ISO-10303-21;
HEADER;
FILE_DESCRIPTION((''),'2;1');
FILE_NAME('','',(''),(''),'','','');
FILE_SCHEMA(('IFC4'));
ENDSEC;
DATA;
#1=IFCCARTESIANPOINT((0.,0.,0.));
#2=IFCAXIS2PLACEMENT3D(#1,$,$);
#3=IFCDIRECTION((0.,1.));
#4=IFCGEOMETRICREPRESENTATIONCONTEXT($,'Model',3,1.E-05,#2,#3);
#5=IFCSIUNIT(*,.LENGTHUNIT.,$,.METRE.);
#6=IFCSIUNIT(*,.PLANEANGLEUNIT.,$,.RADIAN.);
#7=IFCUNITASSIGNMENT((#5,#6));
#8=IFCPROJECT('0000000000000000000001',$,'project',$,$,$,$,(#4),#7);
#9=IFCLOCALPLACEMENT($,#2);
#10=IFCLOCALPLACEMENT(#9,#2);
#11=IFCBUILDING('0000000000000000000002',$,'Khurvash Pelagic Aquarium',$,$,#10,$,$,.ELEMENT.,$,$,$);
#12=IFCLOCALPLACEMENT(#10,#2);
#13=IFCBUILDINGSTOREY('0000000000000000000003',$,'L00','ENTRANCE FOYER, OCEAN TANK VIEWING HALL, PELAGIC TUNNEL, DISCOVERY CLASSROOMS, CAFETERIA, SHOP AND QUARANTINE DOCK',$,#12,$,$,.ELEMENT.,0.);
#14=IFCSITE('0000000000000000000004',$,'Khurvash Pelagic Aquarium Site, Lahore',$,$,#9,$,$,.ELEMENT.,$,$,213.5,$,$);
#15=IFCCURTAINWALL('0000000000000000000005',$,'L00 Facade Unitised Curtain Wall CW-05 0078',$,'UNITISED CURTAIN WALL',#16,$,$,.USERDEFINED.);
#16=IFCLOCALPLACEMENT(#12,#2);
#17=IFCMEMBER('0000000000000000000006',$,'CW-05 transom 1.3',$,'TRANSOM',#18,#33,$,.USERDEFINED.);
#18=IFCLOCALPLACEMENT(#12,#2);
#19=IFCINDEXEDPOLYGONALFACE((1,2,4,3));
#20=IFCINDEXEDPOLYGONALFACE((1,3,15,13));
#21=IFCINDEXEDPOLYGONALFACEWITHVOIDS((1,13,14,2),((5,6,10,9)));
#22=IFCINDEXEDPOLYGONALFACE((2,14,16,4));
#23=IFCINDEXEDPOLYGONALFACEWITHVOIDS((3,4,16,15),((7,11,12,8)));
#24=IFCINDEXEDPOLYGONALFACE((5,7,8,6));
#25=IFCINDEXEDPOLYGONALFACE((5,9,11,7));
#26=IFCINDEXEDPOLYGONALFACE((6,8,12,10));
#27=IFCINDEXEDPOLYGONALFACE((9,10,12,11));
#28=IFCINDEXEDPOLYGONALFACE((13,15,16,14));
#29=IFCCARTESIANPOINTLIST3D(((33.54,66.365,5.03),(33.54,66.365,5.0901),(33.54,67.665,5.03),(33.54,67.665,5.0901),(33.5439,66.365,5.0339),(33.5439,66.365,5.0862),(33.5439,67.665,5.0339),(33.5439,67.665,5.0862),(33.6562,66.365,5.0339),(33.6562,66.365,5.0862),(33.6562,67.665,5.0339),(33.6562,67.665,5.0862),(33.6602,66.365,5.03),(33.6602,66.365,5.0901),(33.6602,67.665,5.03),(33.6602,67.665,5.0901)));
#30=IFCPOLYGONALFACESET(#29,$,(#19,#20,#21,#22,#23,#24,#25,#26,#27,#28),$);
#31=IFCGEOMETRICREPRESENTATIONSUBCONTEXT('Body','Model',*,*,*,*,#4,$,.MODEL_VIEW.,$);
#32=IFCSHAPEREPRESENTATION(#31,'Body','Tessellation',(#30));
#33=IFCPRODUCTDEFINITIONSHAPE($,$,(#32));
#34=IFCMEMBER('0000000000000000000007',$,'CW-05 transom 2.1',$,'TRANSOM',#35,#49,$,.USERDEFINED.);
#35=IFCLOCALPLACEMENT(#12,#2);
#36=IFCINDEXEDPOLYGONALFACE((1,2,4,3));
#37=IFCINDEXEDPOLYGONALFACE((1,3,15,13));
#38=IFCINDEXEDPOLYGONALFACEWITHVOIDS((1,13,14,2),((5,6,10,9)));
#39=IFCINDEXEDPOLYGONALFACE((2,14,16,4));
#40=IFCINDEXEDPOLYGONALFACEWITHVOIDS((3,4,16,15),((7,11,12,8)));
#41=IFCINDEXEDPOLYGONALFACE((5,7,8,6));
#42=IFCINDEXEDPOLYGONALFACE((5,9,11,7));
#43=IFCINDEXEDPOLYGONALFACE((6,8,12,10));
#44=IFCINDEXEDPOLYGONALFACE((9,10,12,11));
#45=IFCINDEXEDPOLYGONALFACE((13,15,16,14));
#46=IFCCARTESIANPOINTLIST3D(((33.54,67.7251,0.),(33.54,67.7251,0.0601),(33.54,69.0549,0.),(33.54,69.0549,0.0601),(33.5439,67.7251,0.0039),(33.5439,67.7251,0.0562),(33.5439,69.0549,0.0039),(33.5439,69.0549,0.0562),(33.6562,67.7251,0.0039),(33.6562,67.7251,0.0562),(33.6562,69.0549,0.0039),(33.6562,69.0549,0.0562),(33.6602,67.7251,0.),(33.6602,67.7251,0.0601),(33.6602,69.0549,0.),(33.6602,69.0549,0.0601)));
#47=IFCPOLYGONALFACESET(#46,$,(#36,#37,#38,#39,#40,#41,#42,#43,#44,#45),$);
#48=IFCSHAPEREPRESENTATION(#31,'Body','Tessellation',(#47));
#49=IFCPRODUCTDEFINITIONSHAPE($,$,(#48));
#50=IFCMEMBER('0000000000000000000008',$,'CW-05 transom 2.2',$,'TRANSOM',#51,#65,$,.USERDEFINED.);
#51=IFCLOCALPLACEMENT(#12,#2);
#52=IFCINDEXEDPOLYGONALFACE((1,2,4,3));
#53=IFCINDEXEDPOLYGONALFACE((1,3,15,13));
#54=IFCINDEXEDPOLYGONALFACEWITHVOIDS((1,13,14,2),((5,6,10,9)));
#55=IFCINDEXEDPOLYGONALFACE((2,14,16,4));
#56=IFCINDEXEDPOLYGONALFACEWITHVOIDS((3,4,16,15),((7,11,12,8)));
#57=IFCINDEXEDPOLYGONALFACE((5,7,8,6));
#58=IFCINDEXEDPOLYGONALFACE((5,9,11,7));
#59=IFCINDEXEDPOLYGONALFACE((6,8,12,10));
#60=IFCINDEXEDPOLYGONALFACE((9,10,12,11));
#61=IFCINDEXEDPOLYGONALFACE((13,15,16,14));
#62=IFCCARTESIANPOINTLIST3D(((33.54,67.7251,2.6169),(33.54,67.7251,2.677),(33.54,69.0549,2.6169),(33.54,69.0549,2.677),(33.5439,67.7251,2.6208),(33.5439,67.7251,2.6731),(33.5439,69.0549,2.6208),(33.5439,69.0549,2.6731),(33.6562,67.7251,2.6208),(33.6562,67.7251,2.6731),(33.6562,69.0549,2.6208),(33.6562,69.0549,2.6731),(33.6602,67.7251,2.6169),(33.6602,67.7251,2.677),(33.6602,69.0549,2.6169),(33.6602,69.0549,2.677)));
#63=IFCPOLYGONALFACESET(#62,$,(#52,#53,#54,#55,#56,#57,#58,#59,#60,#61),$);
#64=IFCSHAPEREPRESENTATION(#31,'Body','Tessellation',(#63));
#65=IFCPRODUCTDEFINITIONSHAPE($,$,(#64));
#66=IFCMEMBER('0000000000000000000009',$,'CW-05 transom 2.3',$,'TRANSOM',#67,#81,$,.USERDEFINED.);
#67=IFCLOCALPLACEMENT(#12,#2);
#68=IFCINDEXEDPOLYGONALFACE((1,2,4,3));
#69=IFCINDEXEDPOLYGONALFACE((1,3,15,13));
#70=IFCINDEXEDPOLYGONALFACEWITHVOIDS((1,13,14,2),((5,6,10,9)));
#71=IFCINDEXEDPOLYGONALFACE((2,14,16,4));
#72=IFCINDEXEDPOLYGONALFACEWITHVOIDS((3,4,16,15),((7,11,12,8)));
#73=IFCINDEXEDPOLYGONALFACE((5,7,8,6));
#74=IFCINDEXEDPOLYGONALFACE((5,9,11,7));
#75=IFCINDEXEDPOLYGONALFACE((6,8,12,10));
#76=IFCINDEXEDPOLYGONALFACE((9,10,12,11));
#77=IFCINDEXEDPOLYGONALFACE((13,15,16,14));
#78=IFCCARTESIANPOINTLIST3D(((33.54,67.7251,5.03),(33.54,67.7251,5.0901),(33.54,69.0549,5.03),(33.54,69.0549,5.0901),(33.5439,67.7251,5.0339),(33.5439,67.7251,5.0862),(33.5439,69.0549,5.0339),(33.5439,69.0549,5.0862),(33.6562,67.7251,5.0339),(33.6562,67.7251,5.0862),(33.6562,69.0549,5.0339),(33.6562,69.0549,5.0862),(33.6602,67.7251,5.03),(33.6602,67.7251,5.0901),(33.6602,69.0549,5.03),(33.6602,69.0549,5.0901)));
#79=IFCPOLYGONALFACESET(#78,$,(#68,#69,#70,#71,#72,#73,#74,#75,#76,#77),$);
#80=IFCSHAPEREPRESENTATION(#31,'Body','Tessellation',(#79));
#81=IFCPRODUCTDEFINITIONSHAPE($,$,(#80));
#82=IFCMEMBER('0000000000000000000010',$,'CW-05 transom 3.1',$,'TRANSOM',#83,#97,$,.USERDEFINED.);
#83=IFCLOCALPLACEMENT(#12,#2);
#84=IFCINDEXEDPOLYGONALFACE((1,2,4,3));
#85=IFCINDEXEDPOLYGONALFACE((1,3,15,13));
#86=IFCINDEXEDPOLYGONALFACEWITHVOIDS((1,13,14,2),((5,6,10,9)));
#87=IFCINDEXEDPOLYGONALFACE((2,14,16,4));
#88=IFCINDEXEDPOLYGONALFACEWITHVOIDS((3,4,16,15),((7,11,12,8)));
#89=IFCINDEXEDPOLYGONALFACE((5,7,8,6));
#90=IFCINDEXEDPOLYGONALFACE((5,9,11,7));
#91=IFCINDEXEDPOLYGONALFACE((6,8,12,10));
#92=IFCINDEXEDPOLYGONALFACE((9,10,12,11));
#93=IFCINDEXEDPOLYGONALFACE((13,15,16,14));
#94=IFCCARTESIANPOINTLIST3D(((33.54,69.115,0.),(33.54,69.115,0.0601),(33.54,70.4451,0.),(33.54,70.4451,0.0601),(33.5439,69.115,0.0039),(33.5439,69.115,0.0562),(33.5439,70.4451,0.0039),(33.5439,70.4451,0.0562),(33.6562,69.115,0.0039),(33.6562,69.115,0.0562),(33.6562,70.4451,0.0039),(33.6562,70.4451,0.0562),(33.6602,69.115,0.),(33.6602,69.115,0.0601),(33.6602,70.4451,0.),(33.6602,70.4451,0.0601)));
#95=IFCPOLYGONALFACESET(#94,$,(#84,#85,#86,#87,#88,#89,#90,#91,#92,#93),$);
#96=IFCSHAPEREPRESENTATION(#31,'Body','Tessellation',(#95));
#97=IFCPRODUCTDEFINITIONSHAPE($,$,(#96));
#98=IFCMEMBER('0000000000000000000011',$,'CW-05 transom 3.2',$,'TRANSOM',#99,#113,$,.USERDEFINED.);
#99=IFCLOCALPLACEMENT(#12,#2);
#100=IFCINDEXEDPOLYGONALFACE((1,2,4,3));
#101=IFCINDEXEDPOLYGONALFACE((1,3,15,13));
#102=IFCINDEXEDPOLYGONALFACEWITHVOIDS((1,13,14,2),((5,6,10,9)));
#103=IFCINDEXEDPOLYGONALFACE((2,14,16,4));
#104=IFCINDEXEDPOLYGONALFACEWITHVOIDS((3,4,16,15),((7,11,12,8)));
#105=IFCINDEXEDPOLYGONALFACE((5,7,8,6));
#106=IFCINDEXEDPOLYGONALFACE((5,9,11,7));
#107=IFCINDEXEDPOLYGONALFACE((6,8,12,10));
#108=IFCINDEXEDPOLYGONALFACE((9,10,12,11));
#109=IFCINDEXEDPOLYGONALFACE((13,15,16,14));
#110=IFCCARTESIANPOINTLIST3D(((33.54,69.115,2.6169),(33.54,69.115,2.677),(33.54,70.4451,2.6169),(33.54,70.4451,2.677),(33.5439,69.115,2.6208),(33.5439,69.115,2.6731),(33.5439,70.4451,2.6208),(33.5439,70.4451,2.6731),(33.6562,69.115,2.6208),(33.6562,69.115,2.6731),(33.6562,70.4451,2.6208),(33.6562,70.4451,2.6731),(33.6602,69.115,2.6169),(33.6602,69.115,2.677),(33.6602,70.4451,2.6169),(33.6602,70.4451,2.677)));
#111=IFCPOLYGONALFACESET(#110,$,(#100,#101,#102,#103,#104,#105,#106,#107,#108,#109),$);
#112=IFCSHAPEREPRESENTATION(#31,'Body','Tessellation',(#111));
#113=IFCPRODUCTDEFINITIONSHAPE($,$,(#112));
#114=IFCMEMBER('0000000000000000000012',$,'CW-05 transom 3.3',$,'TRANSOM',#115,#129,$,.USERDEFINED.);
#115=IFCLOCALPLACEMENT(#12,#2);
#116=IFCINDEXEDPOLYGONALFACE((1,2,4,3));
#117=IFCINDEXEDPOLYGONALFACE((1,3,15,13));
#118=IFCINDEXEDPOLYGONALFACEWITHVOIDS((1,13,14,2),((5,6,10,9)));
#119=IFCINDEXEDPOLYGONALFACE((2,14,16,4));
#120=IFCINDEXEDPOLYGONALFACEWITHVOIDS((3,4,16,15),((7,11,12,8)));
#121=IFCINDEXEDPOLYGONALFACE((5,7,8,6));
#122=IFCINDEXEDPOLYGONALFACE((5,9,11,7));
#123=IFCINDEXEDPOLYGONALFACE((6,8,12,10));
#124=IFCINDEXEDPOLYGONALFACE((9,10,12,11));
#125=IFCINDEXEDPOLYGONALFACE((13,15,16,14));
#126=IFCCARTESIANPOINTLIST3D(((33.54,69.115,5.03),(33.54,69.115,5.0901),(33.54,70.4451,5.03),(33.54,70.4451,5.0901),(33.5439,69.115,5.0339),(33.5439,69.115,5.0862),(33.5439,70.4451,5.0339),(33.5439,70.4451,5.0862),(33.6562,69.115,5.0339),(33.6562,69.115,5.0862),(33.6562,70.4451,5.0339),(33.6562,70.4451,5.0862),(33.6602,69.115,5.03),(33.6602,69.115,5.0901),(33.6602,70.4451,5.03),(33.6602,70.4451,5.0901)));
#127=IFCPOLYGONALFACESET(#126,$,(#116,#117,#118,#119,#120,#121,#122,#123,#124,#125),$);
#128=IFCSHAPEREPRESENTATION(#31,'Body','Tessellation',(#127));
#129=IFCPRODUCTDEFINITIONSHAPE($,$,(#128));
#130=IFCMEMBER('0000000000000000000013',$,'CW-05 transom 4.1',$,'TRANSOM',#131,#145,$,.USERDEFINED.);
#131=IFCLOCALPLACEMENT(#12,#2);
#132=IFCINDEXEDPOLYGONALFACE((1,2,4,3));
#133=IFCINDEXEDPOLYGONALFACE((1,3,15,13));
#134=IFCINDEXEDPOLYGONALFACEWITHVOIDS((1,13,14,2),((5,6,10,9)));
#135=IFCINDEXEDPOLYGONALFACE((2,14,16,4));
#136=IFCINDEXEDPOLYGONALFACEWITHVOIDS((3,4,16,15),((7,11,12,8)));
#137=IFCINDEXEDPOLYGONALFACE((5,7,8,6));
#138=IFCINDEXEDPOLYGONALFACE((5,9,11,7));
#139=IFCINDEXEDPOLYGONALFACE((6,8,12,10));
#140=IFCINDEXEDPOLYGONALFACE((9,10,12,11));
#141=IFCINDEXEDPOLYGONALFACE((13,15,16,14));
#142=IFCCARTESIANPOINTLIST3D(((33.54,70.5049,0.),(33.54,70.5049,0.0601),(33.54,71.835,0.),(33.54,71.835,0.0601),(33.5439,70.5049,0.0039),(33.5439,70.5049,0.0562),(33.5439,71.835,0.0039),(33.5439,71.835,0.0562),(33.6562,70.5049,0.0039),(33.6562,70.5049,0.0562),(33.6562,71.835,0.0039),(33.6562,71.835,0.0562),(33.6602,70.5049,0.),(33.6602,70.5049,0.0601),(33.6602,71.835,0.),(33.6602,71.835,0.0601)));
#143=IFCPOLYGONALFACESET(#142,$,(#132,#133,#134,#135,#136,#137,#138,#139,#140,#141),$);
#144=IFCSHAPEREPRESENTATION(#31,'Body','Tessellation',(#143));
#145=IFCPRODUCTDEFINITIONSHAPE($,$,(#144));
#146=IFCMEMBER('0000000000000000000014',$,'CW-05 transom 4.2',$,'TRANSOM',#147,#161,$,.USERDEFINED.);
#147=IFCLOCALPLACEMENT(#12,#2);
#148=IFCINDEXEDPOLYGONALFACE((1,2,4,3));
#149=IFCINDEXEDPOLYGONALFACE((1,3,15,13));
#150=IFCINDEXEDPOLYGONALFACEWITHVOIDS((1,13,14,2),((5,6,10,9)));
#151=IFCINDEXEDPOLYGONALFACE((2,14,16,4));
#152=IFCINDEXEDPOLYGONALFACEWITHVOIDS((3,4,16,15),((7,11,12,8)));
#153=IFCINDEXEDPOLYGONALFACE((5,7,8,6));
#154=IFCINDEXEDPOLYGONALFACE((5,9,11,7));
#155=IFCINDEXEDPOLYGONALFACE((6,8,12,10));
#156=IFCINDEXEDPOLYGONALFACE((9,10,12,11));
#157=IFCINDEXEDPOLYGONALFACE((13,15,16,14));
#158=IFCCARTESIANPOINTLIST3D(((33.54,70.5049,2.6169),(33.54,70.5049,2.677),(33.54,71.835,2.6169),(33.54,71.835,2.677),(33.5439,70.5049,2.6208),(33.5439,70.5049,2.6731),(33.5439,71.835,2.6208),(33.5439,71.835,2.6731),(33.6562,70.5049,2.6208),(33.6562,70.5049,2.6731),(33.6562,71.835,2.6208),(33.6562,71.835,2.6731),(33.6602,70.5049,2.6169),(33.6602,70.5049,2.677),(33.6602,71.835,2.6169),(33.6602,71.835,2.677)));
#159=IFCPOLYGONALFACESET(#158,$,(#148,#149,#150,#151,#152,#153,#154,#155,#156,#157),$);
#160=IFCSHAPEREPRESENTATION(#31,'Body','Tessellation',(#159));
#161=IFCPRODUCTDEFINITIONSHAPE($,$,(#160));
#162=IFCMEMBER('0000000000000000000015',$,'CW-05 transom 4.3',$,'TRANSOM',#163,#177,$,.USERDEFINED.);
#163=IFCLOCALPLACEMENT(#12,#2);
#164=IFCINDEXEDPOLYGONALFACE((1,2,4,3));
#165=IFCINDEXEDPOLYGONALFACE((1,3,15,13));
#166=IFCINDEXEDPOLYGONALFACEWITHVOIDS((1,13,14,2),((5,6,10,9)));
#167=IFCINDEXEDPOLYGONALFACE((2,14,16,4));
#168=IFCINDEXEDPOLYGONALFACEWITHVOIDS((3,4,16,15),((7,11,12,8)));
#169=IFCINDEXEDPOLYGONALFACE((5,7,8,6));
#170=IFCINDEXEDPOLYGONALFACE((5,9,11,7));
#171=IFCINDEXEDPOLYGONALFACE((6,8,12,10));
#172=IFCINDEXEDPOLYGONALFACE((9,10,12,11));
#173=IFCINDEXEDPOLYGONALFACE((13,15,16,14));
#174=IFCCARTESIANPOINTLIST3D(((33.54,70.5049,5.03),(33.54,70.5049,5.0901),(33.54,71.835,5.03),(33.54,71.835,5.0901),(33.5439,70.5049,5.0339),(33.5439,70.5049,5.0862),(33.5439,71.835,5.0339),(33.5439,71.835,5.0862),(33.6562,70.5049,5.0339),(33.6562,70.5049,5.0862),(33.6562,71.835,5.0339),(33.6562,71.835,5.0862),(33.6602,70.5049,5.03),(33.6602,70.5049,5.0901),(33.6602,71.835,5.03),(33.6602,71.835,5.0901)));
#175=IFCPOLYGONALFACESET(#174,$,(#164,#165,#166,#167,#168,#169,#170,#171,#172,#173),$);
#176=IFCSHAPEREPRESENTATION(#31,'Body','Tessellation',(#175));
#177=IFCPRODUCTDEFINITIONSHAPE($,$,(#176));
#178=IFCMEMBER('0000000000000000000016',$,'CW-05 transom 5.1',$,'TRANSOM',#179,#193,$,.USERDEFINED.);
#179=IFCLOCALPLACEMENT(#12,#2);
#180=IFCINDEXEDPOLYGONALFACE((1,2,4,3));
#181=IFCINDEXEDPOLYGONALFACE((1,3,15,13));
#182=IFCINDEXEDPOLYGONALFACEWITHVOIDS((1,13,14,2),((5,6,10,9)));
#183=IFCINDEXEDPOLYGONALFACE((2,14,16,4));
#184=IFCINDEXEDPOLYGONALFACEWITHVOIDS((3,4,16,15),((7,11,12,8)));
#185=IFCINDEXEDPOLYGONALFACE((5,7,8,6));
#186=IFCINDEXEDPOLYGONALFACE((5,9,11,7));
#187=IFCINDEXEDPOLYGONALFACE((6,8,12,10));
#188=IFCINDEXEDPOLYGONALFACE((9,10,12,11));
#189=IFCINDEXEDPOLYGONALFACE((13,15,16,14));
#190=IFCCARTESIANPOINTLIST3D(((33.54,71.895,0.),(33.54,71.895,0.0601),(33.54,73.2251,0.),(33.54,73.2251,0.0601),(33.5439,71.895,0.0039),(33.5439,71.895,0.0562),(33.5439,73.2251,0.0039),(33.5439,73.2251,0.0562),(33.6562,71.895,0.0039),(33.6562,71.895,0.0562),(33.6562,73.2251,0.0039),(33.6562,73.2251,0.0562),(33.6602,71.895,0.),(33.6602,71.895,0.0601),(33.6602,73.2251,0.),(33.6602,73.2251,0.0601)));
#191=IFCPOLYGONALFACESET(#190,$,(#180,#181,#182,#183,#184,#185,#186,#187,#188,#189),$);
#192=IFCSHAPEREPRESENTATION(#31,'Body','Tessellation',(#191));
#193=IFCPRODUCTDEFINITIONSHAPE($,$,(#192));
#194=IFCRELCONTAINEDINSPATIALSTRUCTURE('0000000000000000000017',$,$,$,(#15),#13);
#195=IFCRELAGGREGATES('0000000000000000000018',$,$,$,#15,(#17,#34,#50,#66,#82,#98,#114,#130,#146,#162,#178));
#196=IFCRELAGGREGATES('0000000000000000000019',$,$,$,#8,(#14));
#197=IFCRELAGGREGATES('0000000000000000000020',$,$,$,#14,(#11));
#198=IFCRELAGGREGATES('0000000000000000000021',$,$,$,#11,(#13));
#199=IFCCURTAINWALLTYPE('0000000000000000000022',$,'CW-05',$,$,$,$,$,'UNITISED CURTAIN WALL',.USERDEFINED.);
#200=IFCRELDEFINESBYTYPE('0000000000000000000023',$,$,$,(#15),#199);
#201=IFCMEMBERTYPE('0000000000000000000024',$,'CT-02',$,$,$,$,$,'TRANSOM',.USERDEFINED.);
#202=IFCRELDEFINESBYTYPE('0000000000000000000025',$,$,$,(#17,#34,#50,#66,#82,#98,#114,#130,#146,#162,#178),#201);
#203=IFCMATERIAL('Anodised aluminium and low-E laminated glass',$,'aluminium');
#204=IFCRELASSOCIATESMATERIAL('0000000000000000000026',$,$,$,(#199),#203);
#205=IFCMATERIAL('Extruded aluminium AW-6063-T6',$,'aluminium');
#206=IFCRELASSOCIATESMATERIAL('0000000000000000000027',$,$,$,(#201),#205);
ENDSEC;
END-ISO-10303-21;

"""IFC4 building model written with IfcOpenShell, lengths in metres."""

from ifc_helpers import new_model, si_unit, direction, frame, origin, origin_2d, place, context, subcontext, project, spatial, hollow_rectangle, extrude, material, material_profile, profile_set, type_object, element, aggregate, save


model = new_model("IFC4")

# Units and contexts
model_context = context("Model", 3, precision=1e-05, world=origin(), true_north=direction((0.0, 1.0)))
body_context = subcontext(model_context, "Body", "Model", "MODEL_VIEW")
ifc_project = project(units=[si_unit("LENGTHUNIT", "METRE"), si_unit("PLANEANGLEUNIT", "RADIAN")], contexts=[model_context])

# Site, building, storey
site_placement = place(None, origin())
site = spatial("IfcSite", under=ifc_project, at=site_placement, Name="Khurvash Pelagic Aquarium Site, Lahore", CompositionType="ELEMENT", RefElevation=213.5)
building_placement = place(site_placement, origin())
building = spatial("IfcBuilding", under=site, at=building_placement, Name="Khurvash Pelagic Aquarium", CompositionType="ELEMENT")
storey_placement = place(building_placement, origin())
storey = spatial("IfcBuildingStorey", under=building, at=storey_placement, Name="L00", Description="ENTRANCE FOYER, OCEAN TANK VIEWING HALL, PELAGIC TUNNEL, DISCOVERY CLASSROOMS, CAFETERIA, SHOP AND QUARANTINE DOCK", CompositionType="ELEMENT", Elevation=0.0)

# Shared definitions
ifc_material_1 = material(Name="Anodised aluminium and low-E laminated glass", Category="aluminium")
curtain_wall_type = type_object("IfcCurtainWallType", Name="CW-05", ElementType="UNITISED CURTAIN WALL", PredefinedType="USERDEFINED", material=ifc_material_1)
ifc_material_2 = material(Name="Extruded aluminium AW-6063-T6", Category="aluminium")

# Curtain wall
curtain_wall_1_placement = place(storey_placement, origin())
curtain_wall_1 = element("IfcCurtainWall", 1, at=curtain_wall_1_placement, inside=storey, type_object=curtain_wall_type, Name="L00 Facade Unitised Curtain Wall CW-05 0078", ObjectType="UNITISED CURTAIN WALL", PredefinedType="USERDEFINED")

# Members
ifc_material_profile_1 = material_profile(ifc_material_2, hollow_rectangle(XDim=0.1201, YDim=0.0601, WallThickness=0.0039, at=origin_2d()), Name="CWT120X60X4")
ifc_profile_set_1 = profile_set([ifc_material_profile_1], Name="Extruded aluminium AW-6063-T6")
member_type_1 = type_object("IfcMemberType", Name="CT-02", ElementType="TRANSOM", PredefinedType="USERDEFINED", material=ifc_profile_set_1)
member_1_placement = place(storey_placement, frame((33.6001, 66.365, 5.0601), z_axis=(0.0, 1.0, 0.0), x_axis=(-1.0, 0.0, 0.0)))
member_1 = element("IfcMember", 2, at=member_1_placement, type_object=member_type_1, Name="CW-05 transom 1.3", ObjectType="TRANSOM", PredefinedType="USERDEFINED", context=body_context, shape_type="SweptSolid", body=[
    extrude(hollow_rectangle(XDim=0.1201, YDim=0.0601, WallThickness=0.0039, at=origin_2d()), origin(), (0.0, 0.0, 1.0), 1.3),
])
member_2_placement = place(storey_placement, frame((33.6001, 67.7251, 0.03), z_axis=(0.0, 1.0, 0.0), x_axis=(-1.0, 0.0, 0.0)))
member_2 = element("IfcMember", 3, at=member_2_placement, type_object=member_type_1, Name="CW-05 transom 2.1", ObjectType="TRANSOM", PredefinedType="USERDEFINED", context=body_context, shape_type="SweptSolid", body=[
    extrude(hollow_rectangle(XDim=0.1201, YDim=0.0601, WallThickness=0.0039, at=origin_2d()), origin(), (0.0, 0.0, 1.0), 1.3298),
])
member_3_placement = place(storey_placement, frame((33.6001, 67.7251, 2.647), z_axis=(0.0, 1.0, 0.0), x_axis=(-1.0, 0.0, 0.0)))
member_3 = element("IfcMember", 4, at=member_3_placement, type_object=member_type_1, Name="CW-05 transom 2.2", ObjectType="TRANSOM", PredefinedType="USERDEFINED", context=body_context, shape_type="SweptSolid", body=[
    extrude(hollow_rectangle(XDim=0.1201, YDim=0.0601, WallThickness=0.0039, at=origin_2d()), origin(), (0.0, 0.0, 1.0), 1.3298),
])
member_4_placement = place(storey_placement, frame((33.6001, 67.7251, 5.0601), z_axis=(0.0, 1.0, 0.0), x_axis=(-1.0, 0.0, 0.0)))
member_4 = element("IfcMember", 5, at=member_4_placement, type_object=member_type_1, Name="CW-05 transom 2.3", ObjectType="TRANSOM", PredefinedType="USERDEFINED", context=body_context, shape_type="SweptSolid", body=[
    extrude(hollow_rectangle(XDim=0.1201, YDim=0.0601, WallThickness=0.0039, at=origin_2d()), origin(), (0.0, 0.0, 1.0), 1.3298),
])
member_5_placement = place(storey_placement, frame((33.6001, 69.115, 0.03), z_axis=(0.0, 1.0, 0.0), x_axis=(-1.0, 0.0, 0.0)))
member_5 = element("IfcMember", 6, at=member_5_placement, type_object=member_type_1, Name="CW-05 transom 3.1", ObjectType="TRANSOM", PredefinedType="USERDEFINED", context=body_context, shape_type="SweptSolid", body=[
    extrude(hollow_rectangle(XDim=0.1201, YDim=0.0601, WallThickness=0.0039, at=origin_2d()), origin(), (0.0, 0.0, 1.0), 1.3301),
])
member_6_placement = place(storey_placement, frame((33.6001, 69.115, 2.647), z_axis=(0.0, 1.0, 0.0), x_axis=(-1.0, 0.0, 0.0)))
member_6 = element("IfcMember", 7, at=member_6_placement, type_object=member_type_1, Name="CW-05 transom 3.2", ObjectType="TRANSOM", PredefinedType="USERDEFINED", context=body_context, shape_type="SweptSolid", body=[
    extrude(hollow_rectangle(XDim=0.1201, YDim=0.0601, WallThickness=0.0039, at=origin_2d()), origin(), (0.0, 0.0, 1.0), 1.3301),
])
member_7_placement = place(storey_placement, frame((33.6001, 69.115, 5.0601), z_axis=(0.0, 1.0, 0.0), x_axis=(-1.0, 0.0, 0.0)))
member_7 = element("IfcMember", 8, at=member_7_placement, type_object=member_type_1, Name="CW-05 transom 3.3", ObjectType="TRANSOM", PredefinedType="USERDEFINED", context=body_context, shape_type="SweptSolid", body=[
    extrude(hollow_rectangle(XDim=0.1201, YDim=0.0601, WallThickness=0.0039, at=origin_2d()), origin(), (0.0, 0.0, 1.0), 1.3301),
])
member_8_placement = place(storey_placement, frame((33.6001, 70.5049, 0.03), z_axis=(0.0, 1.0, 0.0), x_axis=(-1.0, 0.0, 0.0)))
member_8 = element("IfcMember", 9, at=member_8_placement, type_object=member_type_1, Name="CW-05 transom 4.1", ObjectType="TRANSOM", PredefinedType="USERDEFINED", context=body_context, shape_type="SweptSolid", body=[
    extrude(hollow_rectangle(XDim=0.1201, YDim=0.0601, WallThickness=0.0039, at=origin_2d()), origin(), (0.0, 0.0, 1.0), 1.3301),
])
member_9_placement = place(storey_placement, frame((33.6001, 70.5049, 2.647), z_axis=(0.0, 1.0, 0.0), x_axis=(-1.0, 0.0, 0.0)))
member_9 = element("IfcMember", 10, at=member_9_placement, type_object=member_type_1, Name="CW-05 transom 4.2", ObjectType="TRANSOM", PredefinedType="USERDEFINED", context=body_context, shape_type="SweptSolid", body=[
    extrude(hollow_rectangle(XDim=0.1201, YDim=0.0601, WallThickness=0.0039, at=origin_2d()), origin(), (0.0, 0.0, 1.0), 1.3301),
])
member_10_placement = place(storey_placement, frame((33.6001, 70.5049, 5.0601), z_axis=(0.0, 1.0, 0.0), x_axis=(-1.0, 0.0, 0.0)))
member_10 = element("IfcMember", 11, at=member_10_placement, type_object=member_type_1, Name="CW-05 transom 4.3", ObjectType="TRANSOM", PredefinedType="USERDEFINED", context=body_context, shape_type="SweptSolid", body=[
    extrude(hollow_rectangle(XDim=0.1201, YDim=0.0601, WallThickness=0.0039, at=origin_2d()), origin(), (0.0, 0.0, 1.0), 1.3301),
])
member_11_placement = place(storey_placement, frame((33.6001, 71.895, 0.03), z_axis=(0.0, 1.0, 0.0), x_axis=(-1.0, 0.0, 0.0)))
member_11 = element("IfcMember", 12, at=member_11_placement, type_object=member_type_1, Name="CW-05 transom 5.1", ObjectType="TRANSOM", PredefinedType="USERDEFINED", context=body_context, shape_type="SweptSolid", body=[
    extrude(hollow_rectangle(XDim=0.1201, YDim=0.0601, WallThickness=0.0039, at=origin_2d()), origin(), (0.0, 0.0, 1.0), 1.3301),
])

aggregate(curtain_wall_1, [member_1, member_2, member_3, member_4, member_5, member_6, member_7, member_8, member_9, member_10, member_11])

save(model, "model.ifc")
